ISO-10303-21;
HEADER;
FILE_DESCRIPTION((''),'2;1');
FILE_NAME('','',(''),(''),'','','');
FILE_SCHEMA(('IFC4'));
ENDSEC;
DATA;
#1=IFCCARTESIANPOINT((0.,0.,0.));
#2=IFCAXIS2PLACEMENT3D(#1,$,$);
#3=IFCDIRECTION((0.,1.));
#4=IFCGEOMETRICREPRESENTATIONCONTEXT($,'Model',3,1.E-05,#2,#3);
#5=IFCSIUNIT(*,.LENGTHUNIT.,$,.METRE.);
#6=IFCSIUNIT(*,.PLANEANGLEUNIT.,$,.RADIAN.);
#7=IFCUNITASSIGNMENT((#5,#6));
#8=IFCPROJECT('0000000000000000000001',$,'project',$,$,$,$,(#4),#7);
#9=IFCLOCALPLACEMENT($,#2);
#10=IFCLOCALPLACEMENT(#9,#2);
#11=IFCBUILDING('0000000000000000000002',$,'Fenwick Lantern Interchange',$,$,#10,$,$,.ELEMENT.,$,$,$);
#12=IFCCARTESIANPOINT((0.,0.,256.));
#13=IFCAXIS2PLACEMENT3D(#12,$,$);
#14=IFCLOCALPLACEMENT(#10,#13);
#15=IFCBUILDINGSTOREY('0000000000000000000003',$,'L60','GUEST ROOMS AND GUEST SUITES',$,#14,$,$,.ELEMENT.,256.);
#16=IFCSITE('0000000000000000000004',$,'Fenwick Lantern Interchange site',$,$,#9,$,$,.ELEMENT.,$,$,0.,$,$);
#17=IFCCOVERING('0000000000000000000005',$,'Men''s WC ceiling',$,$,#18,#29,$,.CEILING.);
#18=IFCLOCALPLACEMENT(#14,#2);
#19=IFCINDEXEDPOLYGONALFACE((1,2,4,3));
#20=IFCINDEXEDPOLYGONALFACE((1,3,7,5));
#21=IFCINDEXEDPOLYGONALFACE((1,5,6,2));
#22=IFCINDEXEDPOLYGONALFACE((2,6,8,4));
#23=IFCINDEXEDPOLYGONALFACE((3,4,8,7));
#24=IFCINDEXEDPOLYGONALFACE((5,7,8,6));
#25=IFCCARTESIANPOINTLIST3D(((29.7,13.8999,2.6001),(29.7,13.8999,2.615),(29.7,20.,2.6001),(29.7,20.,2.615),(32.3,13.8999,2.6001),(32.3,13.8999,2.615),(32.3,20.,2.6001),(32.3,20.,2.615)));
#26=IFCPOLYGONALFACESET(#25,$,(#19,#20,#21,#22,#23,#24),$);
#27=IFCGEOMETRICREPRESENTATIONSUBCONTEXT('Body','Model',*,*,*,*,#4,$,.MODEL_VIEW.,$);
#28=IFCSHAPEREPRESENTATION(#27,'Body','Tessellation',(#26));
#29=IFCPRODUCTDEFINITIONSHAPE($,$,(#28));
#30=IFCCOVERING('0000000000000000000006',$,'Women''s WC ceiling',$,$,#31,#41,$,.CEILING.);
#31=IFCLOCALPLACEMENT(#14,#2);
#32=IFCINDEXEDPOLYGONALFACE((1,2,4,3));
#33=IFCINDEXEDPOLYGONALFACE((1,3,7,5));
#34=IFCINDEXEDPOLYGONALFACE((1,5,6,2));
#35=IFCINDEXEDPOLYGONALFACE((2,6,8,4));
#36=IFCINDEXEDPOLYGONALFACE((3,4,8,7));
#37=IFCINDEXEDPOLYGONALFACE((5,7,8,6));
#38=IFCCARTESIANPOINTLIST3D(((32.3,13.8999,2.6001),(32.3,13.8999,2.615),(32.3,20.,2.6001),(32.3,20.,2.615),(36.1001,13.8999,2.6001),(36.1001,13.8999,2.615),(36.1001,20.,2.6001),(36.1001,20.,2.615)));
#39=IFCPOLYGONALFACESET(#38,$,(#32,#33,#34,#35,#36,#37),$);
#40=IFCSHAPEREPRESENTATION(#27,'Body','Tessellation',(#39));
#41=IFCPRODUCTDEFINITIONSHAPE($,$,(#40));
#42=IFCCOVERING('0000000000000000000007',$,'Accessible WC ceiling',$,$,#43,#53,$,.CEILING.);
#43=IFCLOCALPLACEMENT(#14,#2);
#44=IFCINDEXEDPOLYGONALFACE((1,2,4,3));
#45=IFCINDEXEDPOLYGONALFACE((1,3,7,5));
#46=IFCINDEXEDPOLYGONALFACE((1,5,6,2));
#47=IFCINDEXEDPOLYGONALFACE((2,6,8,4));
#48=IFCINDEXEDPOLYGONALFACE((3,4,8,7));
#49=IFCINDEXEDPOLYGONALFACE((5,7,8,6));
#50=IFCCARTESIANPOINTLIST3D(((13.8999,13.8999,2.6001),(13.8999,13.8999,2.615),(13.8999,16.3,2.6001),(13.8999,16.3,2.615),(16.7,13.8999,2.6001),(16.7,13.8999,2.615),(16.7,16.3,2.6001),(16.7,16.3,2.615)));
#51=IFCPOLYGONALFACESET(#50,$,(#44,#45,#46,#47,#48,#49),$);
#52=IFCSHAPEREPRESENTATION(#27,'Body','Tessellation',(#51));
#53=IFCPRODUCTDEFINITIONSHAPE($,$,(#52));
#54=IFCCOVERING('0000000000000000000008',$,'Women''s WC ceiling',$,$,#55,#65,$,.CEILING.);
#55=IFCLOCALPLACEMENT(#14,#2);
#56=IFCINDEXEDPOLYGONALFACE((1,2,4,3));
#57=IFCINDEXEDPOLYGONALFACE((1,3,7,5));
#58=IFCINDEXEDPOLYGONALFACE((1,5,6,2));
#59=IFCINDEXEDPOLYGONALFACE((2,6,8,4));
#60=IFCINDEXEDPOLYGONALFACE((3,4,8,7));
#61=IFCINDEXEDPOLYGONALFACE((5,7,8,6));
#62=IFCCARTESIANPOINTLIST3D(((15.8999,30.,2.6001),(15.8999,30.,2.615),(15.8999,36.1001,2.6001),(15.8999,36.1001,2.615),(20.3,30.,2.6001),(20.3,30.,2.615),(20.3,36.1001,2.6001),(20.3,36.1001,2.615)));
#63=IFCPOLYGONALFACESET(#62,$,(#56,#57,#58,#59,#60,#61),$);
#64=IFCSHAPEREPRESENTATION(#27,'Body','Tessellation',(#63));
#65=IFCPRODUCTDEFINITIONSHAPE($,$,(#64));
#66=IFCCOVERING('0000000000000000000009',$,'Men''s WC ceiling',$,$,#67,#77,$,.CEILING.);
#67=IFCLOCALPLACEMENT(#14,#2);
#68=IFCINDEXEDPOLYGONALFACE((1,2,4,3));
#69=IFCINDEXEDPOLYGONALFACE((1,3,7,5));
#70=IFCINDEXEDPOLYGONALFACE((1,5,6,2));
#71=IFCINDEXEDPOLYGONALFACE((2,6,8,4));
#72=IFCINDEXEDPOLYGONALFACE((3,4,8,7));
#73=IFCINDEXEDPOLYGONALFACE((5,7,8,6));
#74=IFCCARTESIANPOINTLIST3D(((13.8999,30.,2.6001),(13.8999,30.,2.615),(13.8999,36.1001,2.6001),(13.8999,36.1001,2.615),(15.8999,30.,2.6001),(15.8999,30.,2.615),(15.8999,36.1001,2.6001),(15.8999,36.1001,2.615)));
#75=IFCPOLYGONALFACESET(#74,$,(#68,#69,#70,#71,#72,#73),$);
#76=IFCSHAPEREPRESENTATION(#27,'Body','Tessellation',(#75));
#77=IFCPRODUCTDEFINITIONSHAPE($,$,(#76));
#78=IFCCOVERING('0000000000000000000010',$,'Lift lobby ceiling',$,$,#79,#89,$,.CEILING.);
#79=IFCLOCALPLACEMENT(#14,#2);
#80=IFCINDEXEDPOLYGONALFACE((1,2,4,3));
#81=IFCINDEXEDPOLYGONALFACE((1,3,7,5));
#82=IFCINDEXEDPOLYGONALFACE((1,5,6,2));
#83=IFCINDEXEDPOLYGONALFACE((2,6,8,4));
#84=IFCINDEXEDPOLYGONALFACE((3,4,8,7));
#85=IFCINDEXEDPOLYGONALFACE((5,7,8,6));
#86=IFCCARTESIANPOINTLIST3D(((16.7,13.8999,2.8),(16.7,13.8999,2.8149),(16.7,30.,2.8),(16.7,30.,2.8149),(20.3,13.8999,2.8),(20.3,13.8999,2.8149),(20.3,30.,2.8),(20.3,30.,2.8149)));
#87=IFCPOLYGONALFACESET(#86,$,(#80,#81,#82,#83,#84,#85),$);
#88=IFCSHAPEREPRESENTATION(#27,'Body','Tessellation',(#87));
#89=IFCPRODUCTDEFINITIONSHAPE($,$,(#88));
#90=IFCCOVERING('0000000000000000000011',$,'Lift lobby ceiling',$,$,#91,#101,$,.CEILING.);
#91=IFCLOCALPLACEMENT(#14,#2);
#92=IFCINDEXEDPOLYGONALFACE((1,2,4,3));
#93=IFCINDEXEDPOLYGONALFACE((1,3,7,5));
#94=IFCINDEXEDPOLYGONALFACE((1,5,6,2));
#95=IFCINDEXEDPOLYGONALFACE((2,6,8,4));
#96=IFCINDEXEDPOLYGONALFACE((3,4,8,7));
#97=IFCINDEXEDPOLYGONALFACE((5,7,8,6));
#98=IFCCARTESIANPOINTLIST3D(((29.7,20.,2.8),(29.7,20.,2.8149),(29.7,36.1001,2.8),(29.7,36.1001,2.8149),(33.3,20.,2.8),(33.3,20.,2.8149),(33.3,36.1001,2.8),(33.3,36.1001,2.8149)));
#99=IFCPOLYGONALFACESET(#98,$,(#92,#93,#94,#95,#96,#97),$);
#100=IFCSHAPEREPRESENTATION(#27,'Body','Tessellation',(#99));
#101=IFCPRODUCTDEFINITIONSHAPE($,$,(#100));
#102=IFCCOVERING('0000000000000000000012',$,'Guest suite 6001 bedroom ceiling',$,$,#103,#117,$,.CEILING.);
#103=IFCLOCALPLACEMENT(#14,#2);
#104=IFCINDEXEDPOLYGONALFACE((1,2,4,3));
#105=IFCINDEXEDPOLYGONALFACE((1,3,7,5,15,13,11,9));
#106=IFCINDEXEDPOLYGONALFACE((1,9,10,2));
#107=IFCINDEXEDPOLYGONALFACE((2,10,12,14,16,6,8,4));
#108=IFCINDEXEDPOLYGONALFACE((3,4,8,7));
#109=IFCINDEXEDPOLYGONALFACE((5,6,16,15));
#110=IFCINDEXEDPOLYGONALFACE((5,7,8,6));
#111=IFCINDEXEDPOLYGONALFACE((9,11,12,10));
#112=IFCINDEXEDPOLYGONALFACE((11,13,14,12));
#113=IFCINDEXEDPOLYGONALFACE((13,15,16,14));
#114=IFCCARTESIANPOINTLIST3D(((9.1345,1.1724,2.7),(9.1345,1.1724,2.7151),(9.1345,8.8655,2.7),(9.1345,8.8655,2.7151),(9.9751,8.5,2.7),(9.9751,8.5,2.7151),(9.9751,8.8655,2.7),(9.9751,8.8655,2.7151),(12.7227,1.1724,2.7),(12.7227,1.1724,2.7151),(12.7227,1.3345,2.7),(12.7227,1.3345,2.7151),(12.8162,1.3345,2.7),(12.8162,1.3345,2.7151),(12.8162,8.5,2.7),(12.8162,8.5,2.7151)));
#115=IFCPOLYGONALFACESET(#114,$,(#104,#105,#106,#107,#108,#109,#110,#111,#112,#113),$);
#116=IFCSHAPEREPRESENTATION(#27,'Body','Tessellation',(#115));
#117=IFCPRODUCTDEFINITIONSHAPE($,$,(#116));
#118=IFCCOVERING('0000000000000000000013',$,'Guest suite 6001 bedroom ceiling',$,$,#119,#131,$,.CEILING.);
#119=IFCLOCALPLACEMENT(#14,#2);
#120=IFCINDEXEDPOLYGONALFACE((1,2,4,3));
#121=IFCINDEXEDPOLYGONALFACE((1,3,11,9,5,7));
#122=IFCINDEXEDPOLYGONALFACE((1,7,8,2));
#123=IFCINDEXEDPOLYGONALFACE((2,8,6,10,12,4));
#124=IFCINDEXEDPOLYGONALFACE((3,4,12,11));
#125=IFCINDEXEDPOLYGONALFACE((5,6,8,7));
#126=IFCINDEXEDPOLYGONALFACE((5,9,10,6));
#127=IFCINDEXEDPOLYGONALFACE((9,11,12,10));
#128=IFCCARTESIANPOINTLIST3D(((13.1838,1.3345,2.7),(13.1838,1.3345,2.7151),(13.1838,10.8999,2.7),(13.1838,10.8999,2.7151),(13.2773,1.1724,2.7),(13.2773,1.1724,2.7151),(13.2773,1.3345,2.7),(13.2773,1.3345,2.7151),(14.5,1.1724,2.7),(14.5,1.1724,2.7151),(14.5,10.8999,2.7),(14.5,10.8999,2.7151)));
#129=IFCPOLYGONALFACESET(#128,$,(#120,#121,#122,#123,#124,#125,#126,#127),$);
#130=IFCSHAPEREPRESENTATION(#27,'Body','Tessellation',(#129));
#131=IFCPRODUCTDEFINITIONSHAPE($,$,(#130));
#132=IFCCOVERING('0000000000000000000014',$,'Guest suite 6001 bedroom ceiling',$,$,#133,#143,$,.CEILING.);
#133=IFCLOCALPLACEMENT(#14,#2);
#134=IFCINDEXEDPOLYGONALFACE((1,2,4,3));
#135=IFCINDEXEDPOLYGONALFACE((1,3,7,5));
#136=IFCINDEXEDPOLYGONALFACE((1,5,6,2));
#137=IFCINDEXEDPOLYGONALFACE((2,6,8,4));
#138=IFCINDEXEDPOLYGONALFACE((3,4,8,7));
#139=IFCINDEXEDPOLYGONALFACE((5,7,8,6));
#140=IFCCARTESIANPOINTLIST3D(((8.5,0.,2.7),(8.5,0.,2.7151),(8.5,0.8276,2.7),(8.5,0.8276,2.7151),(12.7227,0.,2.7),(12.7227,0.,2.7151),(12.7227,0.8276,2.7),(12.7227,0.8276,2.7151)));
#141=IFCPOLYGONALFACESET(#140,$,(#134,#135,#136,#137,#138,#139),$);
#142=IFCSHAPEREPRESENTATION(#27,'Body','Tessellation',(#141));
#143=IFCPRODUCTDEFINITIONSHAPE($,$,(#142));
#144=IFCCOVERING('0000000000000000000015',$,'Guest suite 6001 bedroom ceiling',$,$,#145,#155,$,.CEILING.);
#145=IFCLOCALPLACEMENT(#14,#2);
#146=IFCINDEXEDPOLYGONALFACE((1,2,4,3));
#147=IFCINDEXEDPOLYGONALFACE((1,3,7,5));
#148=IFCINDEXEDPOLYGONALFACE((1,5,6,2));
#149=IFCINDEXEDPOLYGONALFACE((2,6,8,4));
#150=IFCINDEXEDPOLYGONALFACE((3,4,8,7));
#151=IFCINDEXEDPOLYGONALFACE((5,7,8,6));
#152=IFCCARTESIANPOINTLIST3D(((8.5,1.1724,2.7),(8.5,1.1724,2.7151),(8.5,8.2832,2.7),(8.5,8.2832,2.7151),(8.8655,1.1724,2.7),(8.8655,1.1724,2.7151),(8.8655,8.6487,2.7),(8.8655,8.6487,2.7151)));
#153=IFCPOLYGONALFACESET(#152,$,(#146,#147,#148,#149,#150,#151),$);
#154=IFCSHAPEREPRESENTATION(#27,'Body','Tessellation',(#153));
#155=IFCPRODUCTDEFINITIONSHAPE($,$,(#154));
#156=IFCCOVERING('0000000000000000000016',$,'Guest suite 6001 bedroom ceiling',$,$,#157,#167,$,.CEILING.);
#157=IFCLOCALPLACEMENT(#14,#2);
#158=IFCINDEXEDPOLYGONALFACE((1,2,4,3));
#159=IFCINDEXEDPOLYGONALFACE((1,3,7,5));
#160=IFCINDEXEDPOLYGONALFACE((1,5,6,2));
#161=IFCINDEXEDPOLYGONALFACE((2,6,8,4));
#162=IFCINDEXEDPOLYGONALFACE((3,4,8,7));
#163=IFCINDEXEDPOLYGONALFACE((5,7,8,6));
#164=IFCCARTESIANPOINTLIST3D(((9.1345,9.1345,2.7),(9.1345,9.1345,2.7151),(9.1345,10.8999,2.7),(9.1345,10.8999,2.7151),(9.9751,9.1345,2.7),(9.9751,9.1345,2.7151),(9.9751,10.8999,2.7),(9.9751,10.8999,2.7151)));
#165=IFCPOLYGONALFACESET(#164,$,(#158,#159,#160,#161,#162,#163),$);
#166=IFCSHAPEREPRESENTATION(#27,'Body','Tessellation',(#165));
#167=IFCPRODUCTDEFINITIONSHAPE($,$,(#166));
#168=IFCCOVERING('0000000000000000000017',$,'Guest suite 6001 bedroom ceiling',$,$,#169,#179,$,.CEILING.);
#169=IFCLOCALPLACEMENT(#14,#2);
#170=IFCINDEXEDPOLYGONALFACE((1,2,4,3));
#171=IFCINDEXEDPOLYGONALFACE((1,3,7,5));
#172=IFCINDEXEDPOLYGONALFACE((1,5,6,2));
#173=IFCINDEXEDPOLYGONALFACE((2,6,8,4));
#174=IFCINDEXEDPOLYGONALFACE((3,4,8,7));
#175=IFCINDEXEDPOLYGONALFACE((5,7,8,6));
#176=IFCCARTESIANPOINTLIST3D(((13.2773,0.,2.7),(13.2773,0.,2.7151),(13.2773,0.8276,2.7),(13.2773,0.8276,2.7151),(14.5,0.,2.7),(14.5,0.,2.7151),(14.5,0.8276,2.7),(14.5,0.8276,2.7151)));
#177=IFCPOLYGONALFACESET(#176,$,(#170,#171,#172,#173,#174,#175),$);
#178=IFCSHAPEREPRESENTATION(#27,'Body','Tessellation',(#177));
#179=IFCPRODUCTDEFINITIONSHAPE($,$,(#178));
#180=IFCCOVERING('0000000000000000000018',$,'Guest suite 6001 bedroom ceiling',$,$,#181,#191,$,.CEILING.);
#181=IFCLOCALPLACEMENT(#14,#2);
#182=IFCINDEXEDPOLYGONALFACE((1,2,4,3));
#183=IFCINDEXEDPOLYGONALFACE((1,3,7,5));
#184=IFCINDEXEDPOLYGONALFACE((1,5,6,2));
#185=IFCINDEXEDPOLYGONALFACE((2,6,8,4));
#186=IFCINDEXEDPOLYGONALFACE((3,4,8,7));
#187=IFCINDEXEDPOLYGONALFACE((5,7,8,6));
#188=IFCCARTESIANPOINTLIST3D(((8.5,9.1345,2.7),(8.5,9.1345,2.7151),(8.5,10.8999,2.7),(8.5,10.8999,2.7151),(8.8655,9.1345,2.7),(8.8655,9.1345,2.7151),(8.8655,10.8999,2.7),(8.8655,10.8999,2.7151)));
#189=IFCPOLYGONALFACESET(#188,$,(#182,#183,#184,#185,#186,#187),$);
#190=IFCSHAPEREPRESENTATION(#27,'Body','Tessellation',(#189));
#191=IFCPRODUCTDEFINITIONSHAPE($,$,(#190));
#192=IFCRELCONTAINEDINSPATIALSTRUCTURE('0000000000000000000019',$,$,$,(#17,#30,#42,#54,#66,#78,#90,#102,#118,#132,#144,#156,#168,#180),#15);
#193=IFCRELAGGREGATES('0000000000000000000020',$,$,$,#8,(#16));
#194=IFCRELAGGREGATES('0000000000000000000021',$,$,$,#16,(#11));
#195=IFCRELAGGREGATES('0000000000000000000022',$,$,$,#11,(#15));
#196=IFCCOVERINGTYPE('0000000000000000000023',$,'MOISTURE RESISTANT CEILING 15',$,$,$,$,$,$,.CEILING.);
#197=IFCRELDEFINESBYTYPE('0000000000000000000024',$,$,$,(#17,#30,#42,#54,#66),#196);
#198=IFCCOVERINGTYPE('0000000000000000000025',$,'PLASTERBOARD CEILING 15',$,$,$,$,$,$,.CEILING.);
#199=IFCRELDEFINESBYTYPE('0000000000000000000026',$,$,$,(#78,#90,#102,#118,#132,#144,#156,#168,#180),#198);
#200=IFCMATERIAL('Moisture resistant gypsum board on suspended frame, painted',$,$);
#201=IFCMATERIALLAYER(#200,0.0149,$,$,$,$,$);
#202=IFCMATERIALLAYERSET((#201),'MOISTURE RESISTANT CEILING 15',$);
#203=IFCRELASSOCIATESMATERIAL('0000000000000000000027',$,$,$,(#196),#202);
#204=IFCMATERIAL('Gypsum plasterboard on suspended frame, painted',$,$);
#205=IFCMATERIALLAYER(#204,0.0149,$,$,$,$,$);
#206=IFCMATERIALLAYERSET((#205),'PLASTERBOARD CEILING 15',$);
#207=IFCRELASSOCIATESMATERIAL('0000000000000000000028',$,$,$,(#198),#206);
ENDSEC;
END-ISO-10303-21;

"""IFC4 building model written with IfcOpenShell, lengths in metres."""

from ifc_helpers import new_model, si_unit, direction, frame, origin, place, context, subcontext, project, spatial, polyline, outline, extrude, material, layer, layer_set, type_object, element, save


model = new_model("IFC4")

# Units and contexts
model_context = context("Model", 3, precision=1e-05, world=origin(), true_north=direction((0.0, 1.0)))
body_context = subcontext(model_context, "Body", "Model", "MODEL_VIEW")
ifc_project = project(units=[si_unit("LENGTHUNIT", "METRE"), si_unit("PLANEANGLEUNIT", "RADIAN")], contexts=[model_context])

# Site, building, storey
site_placement = place(None, origin())
site = spatial("IfcSite", under=ifc_project, at=site_placement, Name="Fenwick Lantern Interchange site", CompositionType="ELEMENT", RefElevation=0.0)
building_placement = place(site_placement, origin())
building = spatial("IfcBuilding", under=site, at=building_placement, Name="Fenwick Lantern Interchange", CompositionType="ELEMENT")
storey_placement = place(building_placement, frame((0.0, 0.0, 256.0)))
storey = spatial("IfcBuildingStorey", under=building, at=storey_placement, Name="L60", Description="GUEST ROOMS AND GUEST SUITES", CompositionType="ELEMENT", Elevation=256.0)

# Coverings
ifc_material_1 = material(Name="Moisture resistant gypsum board on suspended frame, painted")
ifc_layer_1 = layer(ifc_material_1, 0.0149)
ifc_layer_set_1 = layer_set([ifc_layer_1], Name="MOISTURE RESISTANT CEILING 15")
covering_type_1 = type_object("IfcCoveringType", Name="MOISTURE RESISTANT CEILING 15", PredefinedType="CEILING", material=ifc_layer_set_1)
covering_1_placement = place(storey_placement, frame((0.0, 0.0, 2.6001)))
element("IfcCovering", 1, at=covering_1_placement, inside=storey, type_object=covering_type_1, Name="Men's WC ceiling", PredefinedType="CEILING", context=body_context, shape_type="SweptSolid", body=[
    extrude(outline(polyline([(29.7, 13.8999), (32.3, 13.8999), (32.3, 20.0), (29.7, 20.0), (29.7, 13.8999)])), origin(), (0.0, 0.0, 1.0), 0.0149),
])
covering_2_placement = place(storey_placement, frame((0.0, 0.0, 2.6001)))
element("IfcCovering", 2, at=covering_2_placement, inside=storey, type_object=covering_type_1, Name="Women's WC ceiling", PredefinedType="CEILING", context=body_context, shape_type="SweptSolid", body=[
    extrude(outline(polyline([(32.3, 13.8999), (36.1001, 13.8999), (36.1001, 20.0), (32.3, 20.0), (32.3, 13.8999)])), origin(), (0.0, 0.0, 1.0), 0.0149),
])
covering_3_placement = place(storey_placement, frame((0.0, 0.0, 2.6001)))
element("IfcCovering", 3, at=covering_3_placement, inside=storey, type_object=covering_type_1, Name="Accessible WC ceiling", PredefinedType="CEILING", context=body_context, shape_type="SweptSolid", body=[
    extrude(outline(polyline([(13.8999, 13.8999), (16.7, 13.8999), (16.7, 16.3), (13.8999, 16.3), (13.8999, 13.8999)])), origin(), (0.0, 0.0, 1.0), 0.0149),
])
covering_4_placement = place(storey_placement, frame((0.0, 0.0, 2.6001)))
element("IfcCovering", 4, at=covering_4_placement, inside=storey, type_object=covering_type_1, Name="Women's WC ceiling", PredefinedType="CEILING", context=body_context, shape_type="SweptSolid", body=[
    extrude(outline(polyline([(20.3, 36.1001), (15.8999, 36.1001), (15.8999, 30.0), (20.3, 30.0), (20.3, 36.1001)])), origin(), (0.0, 0.0, 1.0), 0.0149),
])
covering_5_placement = place(storey_placement, frame((0.0, 0.0, 2.6001)))
element("IfcCovering", 5, at=covering_5_placement, inside=storey, type_object=covering_type_1, Name="Men's WC ceiling", PredefinedType="CEILING", context=body_context, shape_type="SweptSolid", body=[
    extrude(outline(polyline([(15.8999, 36.1001), (13.8999, 36.1001), (13.8999, 30.0), (15.8999, 30.0), (15.8999, 36.1001)])), origin(), (0.0, 0.0, 1.0), 0.0149),
])
ifc_material_2 = material(Name="Gypsum plasterboard on suspended frame, painted")
ifc_layer_2 = layer(ifc_material_2, 0.0149)
ifc_layer_set_2 = layer_set([ifc_layer_2], Name="PLASTERBOARD CEILING 15")
covering_type_2 = type_object("IfcCoveringType", Name="PLASTERBOARD CEILING 15", PredefinedType="CEILING", material=ifc_layer_set_2)
covering_6_placement = place(storey_placement, frame((0.0, 0.0, 2.8)))
element("IfcCovering", 6, at=covering_6_placement, inside=storey, type_object=covering_type_2, Name="Lift lobby ceiling", PredefinedType="CEILING", context=body_context, shape_type="SweptSolid", body=[
    extrude(outline(polyline([(16.7, 13.8999), (20.3, 13.8999), (20.3, 30.0), (16.7, 30.0), (16.7, 13.8999)])), origin(), (0.0, 0.0, 1.0), 0.0149),
])
covering_7_placement = place(storey_placement, frame((0.0, 0.0, 2.8)))
element("IfcCovering", 7, at=covering_7_placement, inside=storey, type_object=covering_type_2, Name="Lift lobby ceiling", PredefinedType="CEILING", context=body_context, shape_type="SweptSolid", body=[
    extrude(outline(polyline([(33.3, 36.1001), (29.7, 36.1001), (29.7, 20.0), (33.3, 20.0), (33.3, 36.1001)])), origin(), (0.0, 0.0, 1.0), 0.0149),
])
covering_8_placement = place(storey_placement, frame((0.0, 0.0, 2.7)))
element("IfcCovering", 8, at=covering_8_placement, inside=storey, type_object=covering_type_2, Name="Guest suite 6001 bedroom ceiling", PredefinedType="CEILING", context=body_context, shape_type="SweptSolid", body=[
    extrude(outline(polyline([(12.7227, 1.3345), (12.8162, 1.3345), (12.8162, 8.5), (9.9751, 8.5), (9.9751, 8.8655), (9.1345, 8.8655), (9.1345, 1.1724), (12.7227, 1.1724), (12.7227, 1.3345)])), origin(), (0.0, 0.0, 1.0), 0.0151),
])
covering_9_placement = place(storey_placement, frame((0.0, 0.0, 2.7)))
element("IfcCovering", 9, at=covering_9_placement, inside=storey, type_object=covering_type_2, Name="Guest suite 6001 bedroom ceiling", PredefinedType="CEILING", context=body_context, shape_type="SweptSolid", body=[
    extrude(outline(polyline([(13.2773, 1.3345), (13.2773, 1.1724), (14.5, 1.1724), (14.5, 10.8999), (13.1838, 10.8999), (13.1838, 1.3345), (13.2773, 1.3345)])), origin(), (0.0, 0.0, 1.0), 0.0151),
])
covering_10_placement = place(storey_placement, frame((0.0, 0.0, 2.7)))
element("IfcCovering", 10, at=covering_10_placement, inside=storey, type_object=covering_type_2, Name="Guest suite 6001 bedroom ceiling", PredefinedType="CEILING", context=body_context, shape_type="SweptSolid", body=[
    extrude(outline(polyline([(12.7227, 0.0), (12.7227, 0.8276), (8.5, 0.8276), (8.5, 0.0), (12.7227, 0.0)])), origin(), (0.0, 0.0, 1.0), 0.0151),
])
covering_11_placement = place(storey_placement, frame((0.0, 0.0, 2.7)))
element("IfcCovering", 11, at=covering_11_placement, inside=storey, type_object=covering_type_2, Name="Guest suite 6001 bedroom ceiling", PredefinedType="CEILING", context=body_context, shape_type="SweptSolid", body=[
    extrude(outline(polyline([(8.5, 8.2832), (8.5, 1.1724), (8.8655, 1.1724), (8.8655, 8.6487), (8.5, 8.2832)])), origin(), (0.0, 0.0, 1.0), 0.0151),
])
covering_12_placement = place(storey_placement, frame((0.0, 0.0, 2.7)))
element("IfcCovering", 12, at=covering_12_placement, inside=storey, type_object=covering_type_2, Name="Guest suite 6001 bedroom ceiling", PredefinedType="CEILING", context=body_context, shape_type="SweptSolid", body=[
    extrude(outline(polyline([(9.9751, 10.8999), (9.1345, 10.8999), (9.1345, 9.1345), (9.9751, 9.1345), (9.9751, 10.8999)])), origin(), (0.0, 0.0, 1.0), 0.0151),
])
covering_13_placement = place(storey_placement, frame((0.0, 0.0, 2.7)))
element("IfcCovering", 13, at=covering_13_placement, inside=storey, type_object=covering_type_2, Name="Guest suite 6001 bedroom ceiling", PredefinedType="CEILING", context=body_context, shape_type="SweptSolid", body=[
    extrude(outline(polyline([(13.2773, 0.0), (14.5, 0.0), (14.5, 0.8276), (13.2773, 0.8276), (13.2773, 0.0)])), origin(), (0.0, 0.0, 1.0), 0.0151),
])
covering_14_placement = place(storey_placement, frame((0.0, 0.0, 2.7)))
element("IfcCovering", 14, at=covering_14_placement, inside=storey, type_object=covering_type_2, Name="Guest suite 6001 bedroom ceiling", PredefinedType="CEILING", context=body_context, shape_type="SweptSolid", body=[
    extrude(outline(polyline([(8.5, 10.8999), (8.5, 9.1345), (8.8655, 9.1345), (8.8655, 10.8999), (8.5, 10.8999)])), origin(), (0.0, 0.0, 1.0), 0.0151),
])

save(model, "model.ifc")
